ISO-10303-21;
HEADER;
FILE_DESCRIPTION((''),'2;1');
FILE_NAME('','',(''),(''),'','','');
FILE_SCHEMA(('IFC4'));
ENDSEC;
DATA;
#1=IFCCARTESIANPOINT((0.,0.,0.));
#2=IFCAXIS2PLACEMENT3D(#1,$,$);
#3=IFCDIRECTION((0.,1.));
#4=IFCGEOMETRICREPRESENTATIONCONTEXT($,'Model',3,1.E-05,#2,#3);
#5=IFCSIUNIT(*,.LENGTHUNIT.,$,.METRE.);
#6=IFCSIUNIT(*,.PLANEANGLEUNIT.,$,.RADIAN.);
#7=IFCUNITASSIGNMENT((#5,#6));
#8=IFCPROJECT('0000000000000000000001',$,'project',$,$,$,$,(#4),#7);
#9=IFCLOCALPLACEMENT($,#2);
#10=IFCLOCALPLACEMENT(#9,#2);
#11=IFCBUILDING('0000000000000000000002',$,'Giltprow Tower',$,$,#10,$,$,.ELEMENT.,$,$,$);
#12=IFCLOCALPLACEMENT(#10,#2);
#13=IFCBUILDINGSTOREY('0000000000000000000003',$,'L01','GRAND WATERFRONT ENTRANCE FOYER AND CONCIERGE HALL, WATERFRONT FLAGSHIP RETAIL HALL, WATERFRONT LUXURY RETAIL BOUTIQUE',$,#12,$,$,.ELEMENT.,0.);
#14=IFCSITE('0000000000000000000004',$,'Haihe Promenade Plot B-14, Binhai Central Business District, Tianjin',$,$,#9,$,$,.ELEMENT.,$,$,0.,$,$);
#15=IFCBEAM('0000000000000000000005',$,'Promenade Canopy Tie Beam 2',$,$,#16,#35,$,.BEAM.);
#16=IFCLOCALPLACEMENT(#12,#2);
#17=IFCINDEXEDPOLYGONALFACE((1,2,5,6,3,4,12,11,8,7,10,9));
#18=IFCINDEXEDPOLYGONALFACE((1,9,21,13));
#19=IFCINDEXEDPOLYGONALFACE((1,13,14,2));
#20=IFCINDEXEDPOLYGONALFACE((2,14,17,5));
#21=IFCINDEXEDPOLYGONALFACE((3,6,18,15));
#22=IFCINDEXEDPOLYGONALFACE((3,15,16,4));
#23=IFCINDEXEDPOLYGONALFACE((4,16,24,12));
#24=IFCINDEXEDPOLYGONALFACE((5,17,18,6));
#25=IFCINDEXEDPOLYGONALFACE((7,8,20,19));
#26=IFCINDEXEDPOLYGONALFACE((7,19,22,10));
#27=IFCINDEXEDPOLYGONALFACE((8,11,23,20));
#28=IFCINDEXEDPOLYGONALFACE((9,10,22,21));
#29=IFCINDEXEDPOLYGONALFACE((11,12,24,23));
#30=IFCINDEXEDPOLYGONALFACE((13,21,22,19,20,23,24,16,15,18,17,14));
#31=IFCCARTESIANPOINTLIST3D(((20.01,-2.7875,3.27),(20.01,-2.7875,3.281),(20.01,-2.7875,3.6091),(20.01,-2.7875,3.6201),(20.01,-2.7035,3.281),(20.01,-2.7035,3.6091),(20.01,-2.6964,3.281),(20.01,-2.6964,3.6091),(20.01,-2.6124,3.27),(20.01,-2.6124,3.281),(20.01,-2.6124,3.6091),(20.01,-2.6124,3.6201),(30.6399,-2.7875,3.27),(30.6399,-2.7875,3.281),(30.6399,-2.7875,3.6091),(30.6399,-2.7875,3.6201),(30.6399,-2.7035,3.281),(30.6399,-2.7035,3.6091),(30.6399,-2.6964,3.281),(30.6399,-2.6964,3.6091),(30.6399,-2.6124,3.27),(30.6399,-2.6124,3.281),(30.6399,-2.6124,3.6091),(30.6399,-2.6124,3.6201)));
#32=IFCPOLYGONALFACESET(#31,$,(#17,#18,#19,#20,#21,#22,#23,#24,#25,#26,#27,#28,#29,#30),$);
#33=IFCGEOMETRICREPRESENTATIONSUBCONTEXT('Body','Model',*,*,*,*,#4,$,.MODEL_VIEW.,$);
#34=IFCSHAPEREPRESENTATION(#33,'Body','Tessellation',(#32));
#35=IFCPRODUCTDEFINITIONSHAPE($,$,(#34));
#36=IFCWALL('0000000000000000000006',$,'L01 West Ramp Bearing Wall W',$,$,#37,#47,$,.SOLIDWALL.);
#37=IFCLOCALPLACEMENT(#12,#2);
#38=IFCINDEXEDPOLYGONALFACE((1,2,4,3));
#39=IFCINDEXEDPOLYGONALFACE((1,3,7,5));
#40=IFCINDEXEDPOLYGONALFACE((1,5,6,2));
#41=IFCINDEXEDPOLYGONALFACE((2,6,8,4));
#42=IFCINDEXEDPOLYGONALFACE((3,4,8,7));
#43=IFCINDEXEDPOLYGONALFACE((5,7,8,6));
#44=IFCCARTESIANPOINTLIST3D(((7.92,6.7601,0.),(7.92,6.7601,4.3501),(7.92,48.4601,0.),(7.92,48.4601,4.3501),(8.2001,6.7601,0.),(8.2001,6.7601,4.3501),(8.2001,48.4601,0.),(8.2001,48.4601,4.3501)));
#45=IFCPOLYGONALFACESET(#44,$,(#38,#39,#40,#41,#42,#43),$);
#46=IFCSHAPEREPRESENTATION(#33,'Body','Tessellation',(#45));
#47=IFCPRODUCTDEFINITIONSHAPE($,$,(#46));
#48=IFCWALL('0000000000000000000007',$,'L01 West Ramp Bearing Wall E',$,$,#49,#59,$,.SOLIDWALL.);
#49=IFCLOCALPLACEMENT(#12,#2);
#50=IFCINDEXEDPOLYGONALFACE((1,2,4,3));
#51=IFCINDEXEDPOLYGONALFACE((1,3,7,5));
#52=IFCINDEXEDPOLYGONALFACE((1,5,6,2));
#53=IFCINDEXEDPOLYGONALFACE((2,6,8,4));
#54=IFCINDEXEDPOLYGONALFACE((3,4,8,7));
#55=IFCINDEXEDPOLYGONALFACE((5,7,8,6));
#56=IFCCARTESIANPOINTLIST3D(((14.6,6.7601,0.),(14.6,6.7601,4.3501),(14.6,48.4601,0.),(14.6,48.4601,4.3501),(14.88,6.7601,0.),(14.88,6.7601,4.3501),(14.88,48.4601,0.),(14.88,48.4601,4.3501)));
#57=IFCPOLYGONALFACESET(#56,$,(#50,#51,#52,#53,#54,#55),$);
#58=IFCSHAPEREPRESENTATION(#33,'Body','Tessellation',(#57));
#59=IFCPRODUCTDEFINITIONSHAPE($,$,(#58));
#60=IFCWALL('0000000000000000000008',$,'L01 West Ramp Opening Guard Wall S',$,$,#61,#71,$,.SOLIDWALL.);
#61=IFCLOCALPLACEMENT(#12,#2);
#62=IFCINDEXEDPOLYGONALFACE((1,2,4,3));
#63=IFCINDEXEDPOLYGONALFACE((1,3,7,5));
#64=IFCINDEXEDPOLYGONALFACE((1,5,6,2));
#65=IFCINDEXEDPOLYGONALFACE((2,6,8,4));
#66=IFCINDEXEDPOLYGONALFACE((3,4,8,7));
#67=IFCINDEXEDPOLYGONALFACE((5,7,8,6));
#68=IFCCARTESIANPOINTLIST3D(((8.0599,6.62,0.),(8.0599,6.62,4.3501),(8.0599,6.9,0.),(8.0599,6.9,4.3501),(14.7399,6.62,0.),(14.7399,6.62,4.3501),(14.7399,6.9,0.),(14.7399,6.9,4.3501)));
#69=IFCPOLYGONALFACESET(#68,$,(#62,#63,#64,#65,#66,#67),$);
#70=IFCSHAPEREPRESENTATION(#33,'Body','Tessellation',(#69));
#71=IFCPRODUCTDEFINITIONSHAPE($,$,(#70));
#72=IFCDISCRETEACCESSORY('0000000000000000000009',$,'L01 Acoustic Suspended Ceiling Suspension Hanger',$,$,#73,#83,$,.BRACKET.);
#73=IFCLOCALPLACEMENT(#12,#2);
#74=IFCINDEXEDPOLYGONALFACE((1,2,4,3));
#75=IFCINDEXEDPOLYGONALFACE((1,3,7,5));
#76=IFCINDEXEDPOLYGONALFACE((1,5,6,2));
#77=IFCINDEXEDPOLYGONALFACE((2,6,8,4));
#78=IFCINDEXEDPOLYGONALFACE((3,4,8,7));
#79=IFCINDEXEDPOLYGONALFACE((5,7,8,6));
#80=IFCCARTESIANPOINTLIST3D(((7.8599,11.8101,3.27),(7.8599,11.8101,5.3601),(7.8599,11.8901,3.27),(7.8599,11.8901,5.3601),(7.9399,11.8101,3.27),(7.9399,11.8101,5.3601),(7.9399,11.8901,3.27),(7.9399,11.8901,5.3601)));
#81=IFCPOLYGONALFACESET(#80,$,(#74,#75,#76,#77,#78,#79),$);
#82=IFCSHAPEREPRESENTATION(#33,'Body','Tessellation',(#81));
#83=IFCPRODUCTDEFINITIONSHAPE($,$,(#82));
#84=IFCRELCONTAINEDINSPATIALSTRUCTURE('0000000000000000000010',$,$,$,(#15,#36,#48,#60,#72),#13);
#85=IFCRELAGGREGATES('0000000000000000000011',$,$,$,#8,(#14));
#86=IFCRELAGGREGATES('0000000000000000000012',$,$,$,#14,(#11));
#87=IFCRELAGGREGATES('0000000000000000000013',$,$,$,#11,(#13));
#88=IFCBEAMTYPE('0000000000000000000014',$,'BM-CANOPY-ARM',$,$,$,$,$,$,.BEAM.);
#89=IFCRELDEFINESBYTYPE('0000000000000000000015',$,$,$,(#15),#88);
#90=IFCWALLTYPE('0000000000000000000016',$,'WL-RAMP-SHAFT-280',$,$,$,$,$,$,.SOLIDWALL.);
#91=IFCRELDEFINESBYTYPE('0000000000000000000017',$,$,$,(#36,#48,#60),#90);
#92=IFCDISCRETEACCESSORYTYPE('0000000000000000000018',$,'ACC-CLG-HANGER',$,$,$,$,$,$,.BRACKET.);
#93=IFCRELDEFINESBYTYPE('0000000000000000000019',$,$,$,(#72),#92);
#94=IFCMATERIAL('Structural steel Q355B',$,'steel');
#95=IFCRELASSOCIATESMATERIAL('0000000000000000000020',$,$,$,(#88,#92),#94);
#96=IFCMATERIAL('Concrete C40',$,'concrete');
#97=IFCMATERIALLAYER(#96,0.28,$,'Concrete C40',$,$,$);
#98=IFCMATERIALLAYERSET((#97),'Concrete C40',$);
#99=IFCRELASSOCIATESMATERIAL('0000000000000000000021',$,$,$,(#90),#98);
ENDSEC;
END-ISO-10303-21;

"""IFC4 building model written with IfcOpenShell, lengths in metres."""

from ifc_helpers import new_model, si_unit, direction, frame, frame_2d, origin, origin_2d, place, context, subcontext, project, spatial, rectangle, i_section, extrude, source, transform, mapped, material, layer, layer_set, material_profile, profile_set, type_object, element, save


model = new_model("IFC4")

# Units and contexts
model_context = context("Model", 3, precision=1e-05, world=origin(), true_north=direction((0.0, 1.0)))
body_context = subcontext(model_context, "Body", "Model", "MODEL_VIEW")
ifc_project = project(units=[si_unit("LENGTHUNIT", "METRE"), si_unit("PLANEANGLEUNIT", "RADIAN")], contexts=[model_context])

# Site, building, storey
site_placement = place(None, origin())
site = spatial("IfcSite", under=ifc_project, at=site_placement, Name="Haihe Promenade Plot B-14, Binhai Central Business District, Tianjin", CompositionType="ELEMENT", RefElevation=0.0)
building_placement = place(site_placement, origin())
building = spatial("IfcBuilding", under=site, at=building_placement, Name="Giltprow Tower", CompositionType="ELEMENT")
storey_placement = place(building_placement, origin())
storey = spatial("IfcBuildingStorey", under=building, at=storey_placement, Name="L01", Description="GRAND WATERFRONT ENTRANCE FOYER AND CONCIERGE HALL, WATERFRONT FLAGSHIP RETAIL HALL, WATERFRONT LUXURY RETAIL BOUTIQUE", CompositionType="ELEMENT", Elevation=0.0)

# Shared definitions
ifc_material_1 = material(Name="Structural steel Q355B", Category="steel")

# Beam
ifc_material_profile_1 = material_profile(ifc_material_1, i_section(OverallWidth=0.175, OverallDepth=0.3501, WebThickness=0.0071, FlangeThickness=0.011, at=origin_2d()), Name="HN 350x175x7x11")
ifc_profile_set_1 = profile_set([ifc_material_profile_1], Name="Structural steel Q355B")
beam_type_1 = type_object("IfcBeamType", Name="BM-CANOPY-ARM", PredefinedType="BEAM", material=ifc_profile_set_1)
shared_shape_1 = source(origin(), body_context, "Body", "SweptSolid", [
    extrude(i_section(OverallWidth=0.175, OverallDepth=0.3501, WebThickness=0.0071, FlangeThickness=0.011, at=origin_2d()), origin(), (0.0, 0.0, 1.0), 10.6299),
])
beam_1_placement = place(storey_placement, frame((20.01, -2.7, 3.4451), z_axis=(1.0, 0.0, 0.0), x_axis=(0.0, 1.0, 0.0)))
element("IfcBeam", 1, at=beam_1_placement, inside=storey, type_object=beam_type_1, Name="Promenade Canopy Tie Beam 2", PredefinedType="BEAM", context=body_context, shape_type="MappedRepresentation", body=[
    mapped(shared_shape_1, transform((0.0, 0.0, 0.0), x_axis=(1.0, 0.0, 0.0), y_axis=(0.0, 1.0, 0.0), z_axis=(0.0, 0.0, 1.0), scale=1.0)),
])

# Walls
ifc_material_2 = material(Name="Concrete C40", Category="concrete")
ifc_layer = layer(ifc_material_2, 0.28, Name="Concrete C40")
ifc_layer_set = layer_set([ifc_layer], Name="Concrete C40")
wall_type = type_object("IfcWallType", Name="WL-RAMP-SHAFT-280", PredefinedType="SOLIDWALL", material=ifc_layer_set)
for number, where, z_axis, x_axis, name in (
    (2, (8.0601, 6.76, 0.0), (0.0, 0.0, 1.0), (0.0, 1.0, 0.0), "L01 West Ramp Bearing Wall W"),
    (3, (14.74, 6.76, 0.0), (0.0, 0.0, 1.0), (0.0, 1.0, 0.0), "L01 West Ramp Bearing Wall E"),
):
    element("IfcWall", number, at=place(storey_placement, frame(where, z_axis=z_axis, x_axis=x_axis)), inside=storey, type_object=wall_type, Name=name, PredefinedType="SOLIDWALL", context=body_context, shape_type="SweptSolid", body=[
        extrude(rectangle(XDim=41.7, YDim=0.28, at=frame_2d((20.8501, 0.0))), origin(), (0.0, 0.0, 1.0), 4.3501),
    ])
wall_placement = place(storey_placement, frame((8.0601, 6.76, 0.0), z_axis=(0.0, 0.0, 1.0), x_axis=(1.0, 0.0, 0.0)))
element("IfcWall", 4, at=wall_placement, inside=storey, type_object=wall_type, Name="L01 West Ramp Opening Guard Wall S", PredefinedType="SOLIDWALL", context=body_context, shape_type="SweptSolid", body=[
    extrude(rectangle(XDim=6.6799, YDim=0.28, at=frame_2d((3.3398, 0.0))), origin(), (0.0, 0.0, 1.0), 4.3501),
])

# Discrete accessory
discrete_accessory_type = type_object("IfcDiscreteAccessoryType", Name="ACC-CLG-HANGER", PredefinedType="BRACKET", material=ifc_material_1)
shared_shape_2 = source(origin(), body_context, "Body", "SweptSolid", [
    extrude(rectangle(XDim=0.0801, YDim=0.0801, at=origin_2d()), origin(), (0.0, 0.0, 1.0), 2.0901),
])
discrete_accessory_placement = place(storey_placement, frame((7.8999, 11.8501, 3.27), z_axis=(0.0, 0.0, 1.0), x_axis=(1.0, 0.0, 0.0)))
element("IfcDiscreteAccessory", 5, at=discrete_accessory_placement, inside=storey, type_object=discrete_accessory_type, Name="L01 Acoustic Suspended Ceiling Suspension Hanger", PredefinedType="BRACKET", context=body_context, shape_type="MappedRepresentation", body=[
    mapped(shared_shape_2, transform((0.0, 0.0, 0.0), x_axis=(1.0, 0.0, 0.0), y_axis=(0.0, 1.0, 0.0), z_axis=(0.0, 0.0, 1.0), scale=1.0)),
])

save(model, "model.ifc")
